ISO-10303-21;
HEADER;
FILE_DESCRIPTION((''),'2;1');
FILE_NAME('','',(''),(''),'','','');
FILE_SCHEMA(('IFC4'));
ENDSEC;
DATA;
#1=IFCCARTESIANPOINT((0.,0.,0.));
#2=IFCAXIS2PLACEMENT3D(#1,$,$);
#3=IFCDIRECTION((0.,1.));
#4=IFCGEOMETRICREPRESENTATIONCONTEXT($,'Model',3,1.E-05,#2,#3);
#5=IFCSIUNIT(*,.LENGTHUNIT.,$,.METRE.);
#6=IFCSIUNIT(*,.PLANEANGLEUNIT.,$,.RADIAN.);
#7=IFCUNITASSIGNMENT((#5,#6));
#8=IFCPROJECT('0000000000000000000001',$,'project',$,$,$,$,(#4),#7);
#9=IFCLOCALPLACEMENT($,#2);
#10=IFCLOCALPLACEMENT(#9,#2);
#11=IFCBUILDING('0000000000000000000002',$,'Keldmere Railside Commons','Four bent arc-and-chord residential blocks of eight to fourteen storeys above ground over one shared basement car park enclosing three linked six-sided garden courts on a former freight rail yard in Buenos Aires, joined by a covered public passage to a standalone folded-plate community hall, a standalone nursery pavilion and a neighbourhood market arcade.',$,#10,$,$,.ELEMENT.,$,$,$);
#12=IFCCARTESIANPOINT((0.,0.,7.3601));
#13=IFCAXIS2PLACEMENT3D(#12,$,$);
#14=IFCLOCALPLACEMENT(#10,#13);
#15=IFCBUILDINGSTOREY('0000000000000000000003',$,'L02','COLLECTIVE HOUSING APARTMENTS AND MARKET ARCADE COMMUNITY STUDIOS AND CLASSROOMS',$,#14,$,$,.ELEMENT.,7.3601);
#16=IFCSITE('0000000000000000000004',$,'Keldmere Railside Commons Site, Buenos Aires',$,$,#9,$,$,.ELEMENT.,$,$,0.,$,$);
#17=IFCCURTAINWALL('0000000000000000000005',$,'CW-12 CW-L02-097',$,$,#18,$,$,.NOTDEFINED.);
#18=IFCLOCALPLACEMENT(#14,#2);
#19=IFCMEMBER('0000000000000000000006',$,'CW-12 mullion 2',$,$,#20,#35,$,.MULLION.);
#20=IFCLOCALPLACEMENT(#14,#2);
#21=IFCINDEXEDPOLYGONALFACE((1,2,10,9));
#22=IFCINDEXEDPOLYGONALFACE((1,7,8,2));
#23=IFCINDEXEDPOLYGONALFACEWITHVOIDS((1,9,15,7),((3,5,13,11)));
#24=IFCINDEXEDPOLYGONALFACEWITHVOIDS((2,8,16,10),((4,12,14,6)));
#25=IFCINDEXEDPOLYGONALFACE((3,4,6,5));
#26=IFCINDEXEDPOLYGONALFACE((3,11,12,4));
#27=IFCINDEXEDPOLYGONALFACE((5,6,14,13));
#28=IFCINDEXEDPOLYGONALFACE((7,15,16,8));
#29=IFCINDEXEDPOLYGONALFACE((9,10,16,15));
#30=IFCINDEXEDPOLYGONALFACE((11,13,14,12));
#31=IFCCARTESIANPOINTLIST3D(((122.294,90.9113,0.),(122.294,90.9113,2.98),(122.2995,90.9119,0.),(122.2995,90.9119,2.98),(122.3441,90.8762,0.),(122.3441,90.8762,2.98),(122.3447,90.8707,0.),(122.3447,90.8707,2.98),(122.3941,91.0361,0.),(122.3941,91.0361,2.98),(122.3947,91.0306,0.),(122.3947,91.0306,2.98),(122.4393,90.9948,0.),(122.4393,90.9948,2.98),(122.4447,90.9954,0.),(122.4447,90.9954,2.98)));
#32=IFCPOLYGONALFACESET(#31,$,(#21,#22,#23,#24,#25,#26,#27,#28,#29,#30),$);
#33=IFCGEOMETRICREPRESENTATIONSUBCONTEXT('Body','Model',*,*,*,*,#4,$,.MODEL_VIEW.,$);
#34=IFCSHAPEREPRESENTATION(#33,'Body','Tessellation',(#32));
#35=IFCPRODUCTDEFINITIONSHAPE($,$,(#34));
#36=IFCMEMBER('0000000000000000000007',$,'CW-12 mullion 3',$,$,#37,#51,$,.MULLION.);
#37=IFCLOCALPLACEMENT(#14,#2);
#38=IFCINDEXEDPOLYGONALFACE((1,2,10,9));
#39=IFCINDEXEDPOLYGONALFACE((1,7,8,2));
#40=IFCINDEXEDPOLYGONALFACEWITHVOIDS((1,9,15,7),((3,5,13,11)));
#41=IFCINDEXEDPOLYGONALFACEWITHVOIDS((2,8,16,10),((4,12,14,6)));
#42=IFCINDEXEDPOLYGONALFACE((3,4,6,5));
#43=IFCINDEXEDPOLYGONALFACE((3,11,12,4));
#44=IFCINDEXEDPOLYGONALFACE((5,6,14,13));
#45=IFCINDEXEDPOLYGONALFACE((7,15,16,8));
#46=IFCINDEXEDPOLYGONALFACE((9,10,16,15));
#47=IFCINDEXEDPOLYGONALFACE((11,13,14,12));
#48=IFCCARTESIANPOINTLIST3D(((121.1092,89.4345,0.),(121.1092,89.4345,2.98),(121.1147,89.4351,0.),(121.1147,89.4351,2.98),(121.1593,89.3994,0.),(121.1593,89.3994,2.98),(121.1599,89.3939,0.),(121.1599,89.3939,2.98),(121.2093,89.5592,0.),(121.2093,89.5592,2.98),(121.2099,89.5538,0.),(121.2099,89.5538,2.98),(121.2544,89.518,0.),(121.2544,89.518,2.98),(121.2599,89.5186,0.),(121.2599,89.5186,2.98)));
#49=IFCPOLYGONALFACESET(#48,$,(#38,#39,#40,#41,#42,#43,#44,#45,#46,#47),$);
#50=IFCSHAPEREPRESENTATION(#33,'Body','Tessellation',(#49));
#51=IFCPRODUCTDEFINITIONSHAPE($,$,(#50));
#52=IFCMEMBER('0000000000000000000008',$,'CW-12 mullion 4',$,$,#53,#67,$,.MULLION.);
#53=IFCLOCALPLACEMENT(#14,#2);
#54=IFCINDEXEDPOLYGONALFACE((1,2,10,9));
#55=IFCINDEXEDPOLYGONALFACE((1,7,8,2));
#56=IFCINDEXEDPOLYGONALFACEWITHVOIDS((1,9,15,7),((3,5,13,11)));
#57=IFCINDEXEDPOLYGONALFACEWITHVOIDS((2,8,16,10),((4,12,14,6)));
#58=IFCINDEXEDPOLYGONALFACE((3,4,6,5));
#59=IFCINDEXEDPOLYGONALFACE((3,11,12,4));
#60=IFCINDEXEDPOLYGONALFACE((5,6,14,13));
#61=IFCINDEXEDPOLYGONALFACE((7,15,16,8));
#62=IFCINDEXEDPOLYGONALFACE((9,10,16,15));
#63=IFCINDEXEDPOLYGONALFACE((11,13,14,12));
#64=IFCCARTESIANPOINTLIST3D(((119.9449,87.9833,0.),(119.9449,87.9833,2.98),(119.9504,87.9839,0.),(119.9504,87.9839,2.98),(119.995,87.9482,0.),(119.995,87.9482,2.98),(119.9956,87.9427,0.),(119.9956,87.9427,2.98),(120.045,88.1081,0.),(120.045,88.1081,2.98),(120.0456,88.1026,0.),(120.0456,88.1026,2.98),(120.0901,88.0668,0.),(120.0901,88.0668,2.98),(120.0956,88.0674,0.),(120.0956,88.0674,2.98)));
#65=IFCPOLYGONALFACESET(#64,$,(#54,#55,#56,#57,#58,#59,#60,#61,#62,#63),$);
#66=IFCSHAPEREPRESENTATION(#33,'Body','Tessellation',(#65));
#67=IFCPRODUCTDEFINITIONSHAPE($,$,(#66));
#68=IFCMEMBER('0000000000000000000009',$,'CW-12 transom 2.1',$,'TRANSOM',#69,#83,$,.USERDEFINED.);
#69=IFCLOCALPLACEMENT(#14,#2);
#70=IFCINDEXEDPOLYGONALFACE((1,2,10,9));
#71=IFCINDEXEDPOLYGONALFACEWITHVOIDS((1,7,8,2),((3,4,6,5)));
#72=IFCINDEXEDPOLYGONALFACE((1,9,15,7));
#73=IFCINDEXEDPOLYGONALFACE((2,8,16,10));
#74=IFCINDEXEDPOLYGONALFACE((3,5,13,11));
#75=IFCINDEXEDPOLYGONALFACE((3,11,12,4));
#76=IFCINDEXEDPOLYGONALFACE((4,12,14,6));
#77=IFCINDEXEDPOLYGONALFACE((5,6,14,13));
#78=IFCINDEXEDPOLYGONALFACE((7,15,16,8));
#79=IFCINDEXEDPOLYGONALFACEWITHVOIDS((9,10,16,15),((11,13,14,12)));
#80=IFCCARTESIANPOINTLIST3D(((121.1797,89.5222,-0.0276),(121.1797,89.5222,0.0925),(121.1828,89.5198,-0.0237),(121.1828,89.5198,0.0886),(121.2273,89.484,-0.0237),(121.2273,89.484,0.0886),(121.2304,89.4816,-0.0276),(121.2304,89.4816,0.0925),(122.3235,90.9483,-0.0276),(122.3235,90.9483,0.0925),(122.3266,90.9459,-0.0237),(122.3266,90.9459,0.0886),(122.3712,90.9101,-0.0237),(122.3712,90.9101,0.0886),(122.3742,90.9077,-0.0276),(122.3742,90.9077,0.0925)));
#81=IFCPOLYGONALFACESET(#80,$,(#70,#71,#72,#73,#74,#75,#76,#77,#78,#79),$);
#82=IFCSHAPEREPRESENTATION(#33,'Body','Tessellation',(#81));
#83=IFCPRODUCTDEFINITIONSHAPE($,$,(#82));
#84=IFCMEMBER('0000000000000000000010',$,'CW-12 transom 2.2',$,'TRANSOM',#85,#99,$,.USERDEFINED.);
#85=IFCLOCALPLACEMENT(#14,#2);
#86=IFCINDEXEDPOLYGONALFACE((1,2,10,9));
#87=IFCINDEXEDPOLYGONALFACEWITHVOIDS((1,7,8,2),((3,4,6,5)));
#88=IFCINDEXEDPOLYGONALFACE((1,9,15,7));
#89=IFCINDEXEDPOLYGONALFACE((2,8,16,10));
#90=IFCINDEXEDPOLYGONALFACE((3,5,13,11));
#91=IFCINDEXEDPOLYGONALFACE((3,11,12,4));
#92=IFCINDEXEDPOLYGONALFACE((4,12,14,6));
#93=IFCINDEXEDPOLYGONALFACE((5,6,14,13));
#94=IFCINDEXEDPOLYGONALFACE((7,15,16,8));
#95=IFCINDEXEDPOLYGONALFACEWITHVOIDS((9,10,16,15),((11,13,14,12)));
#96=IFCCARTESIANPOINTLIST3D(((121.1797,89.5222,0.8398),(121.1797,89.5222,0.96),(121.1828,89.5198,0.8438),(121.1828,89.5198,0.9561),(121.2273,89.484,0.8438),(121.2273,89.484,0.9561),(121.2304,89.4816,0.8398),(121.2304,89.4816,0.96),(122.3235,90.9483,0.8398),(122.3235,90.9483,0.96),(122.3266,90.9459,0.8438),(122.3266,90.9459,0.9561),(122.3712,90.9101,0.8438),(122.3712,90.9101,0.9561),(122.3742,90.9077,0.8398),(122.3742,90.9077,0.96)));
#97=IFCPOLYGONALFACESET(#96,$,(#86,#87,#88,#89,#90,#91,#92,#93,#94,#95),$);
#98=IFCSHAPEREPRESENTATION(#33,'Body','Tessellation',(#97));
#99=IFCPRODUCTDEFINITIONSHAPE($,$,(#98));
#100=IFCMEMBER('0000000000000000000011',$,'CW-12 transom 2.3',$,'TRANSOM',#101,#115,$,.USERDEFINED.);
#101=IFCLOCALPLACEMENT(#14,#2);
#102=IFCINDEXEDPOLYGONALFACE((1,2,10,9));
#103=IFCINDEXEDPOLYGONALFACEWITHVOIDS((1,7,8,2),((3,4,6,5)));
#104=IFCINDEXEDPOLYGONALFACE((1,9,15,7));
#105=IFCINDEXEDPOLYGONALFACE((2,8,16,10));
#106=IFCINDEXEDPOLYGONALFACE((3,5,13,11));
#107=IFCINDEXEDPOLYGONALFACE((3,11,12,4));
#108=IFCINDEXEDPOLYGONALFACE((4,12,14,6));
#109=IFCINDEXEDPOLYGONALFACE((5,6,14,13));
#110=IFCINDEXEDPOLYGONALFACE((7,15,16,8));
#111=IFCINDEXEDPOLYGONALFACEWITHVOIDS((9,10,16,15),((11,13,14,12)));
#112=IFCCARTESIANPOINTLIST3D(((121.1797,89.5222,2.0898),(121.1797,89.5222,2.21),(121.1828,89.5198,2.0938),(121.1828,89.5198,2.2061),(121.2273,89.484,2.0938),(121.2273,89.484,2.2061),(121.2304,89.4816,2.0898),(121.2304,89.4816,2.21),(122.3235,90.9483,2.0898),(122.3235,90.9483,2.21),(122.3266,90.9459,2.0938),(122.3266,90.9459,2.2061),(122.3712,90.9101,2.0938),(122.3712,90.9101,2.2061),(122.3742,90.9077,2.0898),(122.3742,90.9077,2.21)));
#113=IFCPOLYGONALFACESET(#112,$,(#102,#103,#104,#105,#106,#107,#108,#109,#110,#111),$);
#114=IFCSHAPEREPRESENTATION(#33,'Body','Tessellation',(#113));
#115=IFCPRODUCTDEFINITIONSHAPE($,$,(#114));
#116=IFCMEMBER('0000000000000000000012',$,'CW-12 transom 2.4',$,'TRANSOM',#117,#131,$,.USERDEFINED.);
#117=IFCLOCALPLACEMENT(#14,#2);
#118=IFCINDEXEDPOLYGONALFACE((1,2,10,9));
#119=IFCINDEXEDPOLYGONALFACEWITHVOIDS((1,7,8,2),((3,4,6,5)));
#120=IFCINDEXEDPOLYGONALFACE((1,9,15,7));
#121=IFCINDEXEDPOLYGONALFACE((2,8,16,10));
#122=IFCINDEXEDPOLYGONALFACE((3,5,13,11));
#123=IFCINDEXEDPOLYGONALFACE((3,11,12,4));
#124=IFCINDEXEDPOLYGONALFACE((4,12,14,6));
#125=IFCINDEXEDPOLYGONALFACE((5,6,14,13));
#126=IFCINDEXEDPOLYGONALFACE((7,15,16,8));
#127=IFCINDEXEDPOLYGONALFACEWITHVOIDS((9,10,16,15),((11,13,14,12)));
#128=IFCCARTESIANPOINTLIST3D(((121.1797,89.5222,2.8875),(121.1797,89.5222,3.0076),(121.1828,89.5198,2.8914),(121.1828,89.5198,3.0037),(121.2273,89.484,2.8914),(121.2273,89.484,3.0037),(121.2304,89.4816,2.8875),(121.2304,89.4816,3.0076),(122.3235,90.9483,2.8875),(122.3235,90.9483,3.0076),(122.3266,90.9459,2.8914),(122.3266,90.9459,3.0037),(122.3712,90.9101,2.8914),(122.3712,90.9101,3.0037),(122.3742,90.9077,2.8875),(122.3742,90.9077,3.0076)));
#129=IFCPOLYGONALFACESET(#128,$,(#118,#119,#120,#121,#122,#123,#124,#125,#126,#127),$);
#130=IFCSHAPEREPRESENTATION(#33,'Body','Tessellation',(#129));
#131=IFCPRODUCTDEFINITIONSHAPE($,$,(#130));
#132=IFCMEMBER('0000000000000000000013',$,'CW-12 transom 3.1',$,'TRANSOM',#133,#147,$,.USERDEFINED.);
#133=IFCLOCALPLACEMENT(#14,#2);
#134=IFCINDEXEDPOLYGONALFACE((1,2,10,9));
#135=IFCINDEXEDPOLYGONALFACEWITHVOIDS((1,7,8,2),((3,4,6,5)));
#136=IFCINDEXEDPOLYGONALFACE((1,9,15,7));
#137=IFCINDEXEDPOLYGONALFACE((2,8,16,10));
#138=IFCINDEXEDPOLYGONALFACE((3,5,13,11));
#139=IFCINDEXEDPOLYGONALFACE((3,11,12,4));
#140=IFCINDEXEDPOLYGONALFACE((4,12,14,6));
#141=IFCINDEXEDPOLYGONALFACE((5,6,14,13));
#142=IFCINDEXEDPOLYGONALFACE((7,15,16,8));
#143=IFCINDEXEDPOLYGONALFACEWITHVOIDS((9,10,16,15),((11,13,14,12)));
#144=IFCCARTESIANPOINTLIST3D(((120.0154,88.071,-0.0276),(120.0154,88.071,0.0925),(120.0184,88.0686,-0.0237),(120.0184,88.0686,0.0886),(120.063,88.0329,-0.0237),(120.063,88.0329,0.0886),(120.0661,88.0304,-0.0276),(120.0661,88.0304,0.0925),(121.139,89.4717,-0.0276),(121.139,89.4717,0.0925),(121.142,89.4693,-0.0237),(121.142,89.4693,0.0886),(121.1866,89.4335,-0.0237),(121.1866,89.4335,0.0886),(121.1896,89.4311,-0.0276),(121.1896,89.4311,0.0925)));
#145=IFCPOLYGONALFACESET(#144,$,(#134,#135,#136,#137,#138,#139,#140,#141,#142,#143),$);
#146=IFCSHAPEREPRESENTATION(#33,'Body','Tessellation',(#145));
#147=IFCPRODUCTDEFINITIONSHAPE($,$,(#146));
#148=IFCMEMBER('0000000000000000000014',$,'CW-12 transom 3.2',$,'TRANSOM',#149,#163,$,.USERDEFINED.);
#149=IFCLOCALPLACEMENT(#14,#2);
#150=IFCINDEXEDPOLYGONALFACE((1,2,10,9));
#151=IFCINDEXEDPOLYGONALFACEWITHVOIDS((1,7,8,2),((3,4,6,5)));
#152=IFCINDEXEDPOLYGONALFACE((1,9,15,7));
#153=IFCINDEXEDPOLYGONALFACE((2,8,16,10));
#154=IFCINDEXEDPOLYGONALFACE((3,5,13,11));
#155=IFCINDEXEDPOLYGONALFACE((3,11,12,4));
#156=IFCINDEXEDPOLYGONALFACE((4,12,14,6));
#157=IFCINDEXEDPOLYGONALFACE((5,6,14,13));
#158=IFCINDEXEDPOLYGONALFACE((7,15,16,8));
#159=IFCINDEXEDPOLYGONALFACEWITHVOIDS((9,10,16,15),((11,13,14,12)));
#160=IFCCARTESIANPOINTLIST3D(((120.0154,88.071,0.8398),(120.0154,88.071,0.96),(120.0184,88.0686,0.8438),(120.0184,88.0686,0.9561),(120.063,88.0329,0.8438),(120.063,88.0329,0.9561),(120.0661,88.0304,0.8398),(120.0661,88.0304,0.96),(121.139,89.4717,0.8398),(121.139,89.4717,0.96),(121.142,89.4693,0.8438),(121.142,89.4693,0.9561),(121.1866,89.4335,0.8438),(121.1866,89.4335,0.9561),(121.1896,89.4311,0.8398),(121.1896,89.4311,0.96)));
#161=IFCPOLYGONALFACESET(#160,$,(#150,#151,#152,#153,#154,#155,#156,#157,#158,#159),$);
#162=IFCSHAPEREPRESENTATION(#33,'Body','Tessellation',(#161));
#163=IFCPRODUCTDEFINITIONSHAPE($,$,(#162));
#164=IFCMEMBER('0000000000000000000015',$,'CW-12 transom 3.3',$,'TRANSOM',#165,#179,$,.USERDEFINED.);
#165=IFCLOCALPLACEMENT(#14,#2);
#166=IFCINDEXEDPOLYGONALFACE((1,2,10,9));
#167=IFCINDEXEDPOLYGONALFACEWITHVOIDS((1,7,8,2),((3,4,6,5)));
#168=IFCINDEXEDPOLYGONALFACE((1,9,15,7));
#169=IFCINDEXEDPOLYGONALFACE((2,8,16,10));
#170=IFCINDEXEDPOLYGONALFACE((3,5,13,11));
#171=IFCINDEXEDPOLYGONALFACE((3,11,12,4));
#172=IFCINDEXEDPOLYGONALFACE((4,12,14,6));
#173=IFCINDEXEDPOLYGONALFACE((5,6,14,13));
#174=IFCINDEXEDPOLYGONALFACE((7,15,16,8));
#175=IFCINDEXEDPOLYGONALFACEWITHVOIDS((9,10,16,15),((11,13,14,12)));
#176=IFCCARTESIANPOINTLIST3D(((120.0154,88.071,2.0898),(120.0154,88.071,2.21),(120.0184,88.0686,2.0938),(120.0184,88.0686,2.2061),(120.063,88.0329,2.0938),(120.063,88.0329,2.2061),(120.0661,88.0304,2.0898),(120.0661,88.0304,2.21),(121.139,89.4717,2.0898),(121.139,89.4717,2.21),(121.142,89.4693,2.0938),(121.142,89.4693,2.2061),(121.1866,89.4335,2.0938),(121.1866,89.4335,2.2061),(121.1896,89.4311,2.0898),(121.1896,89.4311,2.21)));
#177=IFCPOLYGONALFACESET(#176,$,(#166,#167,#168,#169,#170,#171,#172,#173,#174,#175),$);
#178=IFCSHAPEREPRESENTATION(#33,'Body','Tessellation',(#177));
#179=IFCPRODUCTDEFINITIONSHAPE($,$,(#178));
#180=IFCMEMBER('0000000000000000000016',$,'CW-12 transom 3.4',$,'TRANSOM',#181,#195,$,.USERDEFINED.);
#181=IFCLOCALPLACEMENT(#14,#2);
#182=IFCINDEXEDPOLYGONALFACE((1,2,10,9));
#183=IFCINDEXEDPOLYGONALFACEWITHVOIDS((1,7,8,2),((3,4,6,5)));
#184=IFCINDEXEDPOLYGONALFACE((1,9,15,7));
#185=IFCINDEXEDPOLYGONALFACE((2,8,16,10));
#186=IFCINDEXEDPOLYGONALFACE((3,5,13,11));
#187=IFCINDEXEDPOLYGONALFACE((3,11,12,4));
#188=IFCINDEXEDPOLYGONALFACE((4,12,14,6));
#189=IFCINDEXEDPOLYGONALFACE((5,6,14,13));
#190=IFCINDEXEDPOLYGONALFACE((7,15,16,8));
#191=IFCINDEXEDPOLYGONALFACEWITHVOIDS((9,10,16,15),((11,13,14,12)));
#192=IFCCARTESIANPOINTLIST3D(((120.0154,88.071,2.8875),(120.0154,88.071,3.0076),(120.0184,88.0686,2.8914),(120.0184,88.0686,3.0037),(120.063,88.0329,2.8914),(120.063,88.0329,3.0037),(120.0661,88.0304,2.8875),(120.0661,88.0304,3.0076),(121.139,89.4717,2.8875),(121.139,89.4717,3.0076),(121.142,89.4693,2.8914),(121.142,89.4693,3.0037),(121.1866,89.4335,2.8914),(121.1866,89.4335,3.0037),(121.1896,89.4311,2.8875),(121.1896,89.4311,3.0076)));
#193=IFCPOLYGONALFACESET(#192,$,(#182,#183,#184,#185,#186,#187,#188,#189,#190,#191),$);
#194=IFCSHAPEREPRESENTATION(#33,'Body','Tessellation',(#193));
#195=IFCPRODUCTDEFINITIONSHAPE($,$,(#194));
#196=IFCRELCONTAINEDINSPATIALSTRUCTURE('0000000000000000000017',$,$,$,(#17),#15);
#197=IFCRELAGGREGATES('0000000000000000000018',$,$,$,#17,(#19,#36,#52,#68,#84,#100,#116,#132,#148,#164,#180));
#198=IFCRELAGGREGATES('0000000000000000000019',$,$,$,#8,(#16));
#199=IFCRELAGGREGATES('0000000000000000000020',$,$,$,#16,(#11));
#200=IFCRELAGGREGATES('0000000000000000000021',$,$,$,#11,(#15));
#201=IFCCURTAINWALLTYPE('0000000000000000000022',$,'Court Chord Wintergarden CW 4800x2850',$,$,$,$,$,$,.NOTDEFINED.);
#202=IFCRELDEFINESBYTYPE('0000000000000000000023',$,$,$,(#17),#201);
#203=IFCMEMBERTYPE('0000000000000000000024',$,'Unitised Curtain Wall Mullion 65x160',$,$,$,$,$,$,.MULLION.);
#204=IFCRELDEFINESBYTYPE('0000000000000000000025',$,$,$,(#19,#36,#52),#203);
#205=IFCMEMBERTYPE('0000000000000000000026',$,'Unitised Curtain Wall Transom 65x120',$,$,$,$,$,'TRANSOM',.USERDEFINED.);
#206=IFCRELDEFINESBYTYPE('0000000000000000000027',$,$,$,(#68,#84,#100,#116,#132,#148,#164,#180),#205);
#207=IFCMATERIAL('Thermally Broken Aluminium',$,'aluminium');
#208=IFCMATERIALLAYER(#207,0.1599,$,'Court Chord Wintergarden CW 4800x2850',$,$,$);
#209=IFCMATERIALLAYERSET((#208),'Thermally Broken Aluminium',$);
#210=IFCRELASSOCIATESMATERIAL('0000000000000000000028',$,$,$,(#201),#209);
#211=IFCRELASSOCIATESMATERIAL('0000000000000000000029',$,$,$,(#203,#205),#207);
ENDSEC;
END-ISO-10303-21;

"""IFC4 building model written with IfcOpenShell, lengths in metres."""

from ifc_helpers import new_model, si_unit, direction, frame, origin, origin_2d, place, context, subcontext, project, spatial, hollow_rectangle, extrude, material, layer, layer_set, material_profile, profile_set, type_object, element, aggregate, save


model = new_model("IFC4")

# Units and contexts
model_context = context("Model", 3, precision=1e-05, world=origin(), true_north=direction((0.0, 1.0)))
body_context = subcontext(model_context, "Body", "Model", "MODEL_VIEW")
ifc_project = project(units=[si_unit("LENGTHUNIT", "METRE"), si_unit("PLANEANGLEUNIT", "RADIAN")], contexts=[model_context])

# Site, building, storey
site_placement = place(None, origin())
site = spatial("IfcSite", under=ifc_project, at=site_placement, Name="Keldmere Railside Commons Site, Buenos Aires", CompositionType="ELEMENT", RefElevation=0.0)
building_placement = place(site_placement, origin())
building = spatial("IfcBuilding", under=site, at=building_placement, Name="Keldmere Railside Commons", Description="Four bent arc-and-chord residential blocks of eight to fourteen storeys above ground over one shared basement car park enclosing three linked six-sided garden courts on a former freight rail yard in Buenos Aires, joined by a covered public passage to a standalone folded-plate community hall, a standalone nursery pavilion and a neighbourhood market arcade.", CompositionType="ELEMENT")
storey_placement = place(building_placement, frame((0.0, 0.0, 7.3601)))
storey = spatial("IfcBuildingStorey", under=building, at=storey_placement, Name="L02", Description="COLLECTIVE HOUSING APARTMENTS AND MARKET ARCADE COMMUNITY STUDIOS AND CLASSROOMS", CompositionType="ELEMENT", Elevation=7.3601)

# Curtain wall, members
ifc_material_1 = material(Name="Thermally Broken Aluminium", Category="aluminium")
ifc_layer_1 = layer(ifc_material_1, 0.1599, Name="Court Chord Wintergarden CW 4800x2850")
ifc_layer_set_1 = layer_set([ifc_layer_1], Name="Thermally Broken Aluminium")
curtain_wall_type = type_object("IfcCurtainWallType", Name="Court Chord Wintergarden CW 4800x2850", PredefinedType="NOTDEFINED", material=ifc_layer_set_1)
curtain_wall_placement = place(storey_placement, origin())
curtain_wall = element("IfcCurtainWall", 1, at=curtain_wall_placement, inside=storey, type_object=curtain_wall_type, Name="CW-12 CW-L02-097", PredefinedType="NOTDEFINED")
ifc_material_profile_1 = material_profile(ifc_material_1, hollow_rectangle(XDim=0.0649, YDim=0.1599, WallThickness=0.0039, at=origin_2d()), Name="ALU-MULL-65x160")
ifc_profile_set_1 = profile_set([ifc_material_profile_1], Name="Thermally Broken Aluminium")
member_type_1 = type_object("IfcMemberType", Name="Unitised Curtain Wall Mullion 65x160", PredefinedType="MULLION", material=ifc_profile_set_1)
member_1_placement = place(storey_placement, frame((122.3694, 90.9534, 0.0), z_axis=(0.0, 0.0, 1.0), x_axis=(0.780009, -0.625768, 0.0)))
member_1 = element("IfcMember", 2, at=member_1_placement, type_object=member_type_1, Name="CW-12 mullion 2", PredefinedType="MULLION", context=body_context, shape_type="SweptSolid", body=[
    extrude(hollow_rectangle(XDim=0.0649, YDim=0.1599, WallThickness=0.0039, at=origin_2d()), origin(), (0.0, 0.0, 1.0), 2.98),
])
member_2_placement = place(storey_placement, frame((121.1846, 89.4766, 0.0), z_axis=(0.0, 0.0, 1.0), x_axis=(0.780009, -0.625768, 0.0)))
member_2 = element("IfcMember", 3, at=member_2_placement, type_object=member_type_1, Name="CW-12 mullion 3", PredefinedType="MULLION", context=body_context, shape_type="SweptSolid", body=[
    extrude(hollow_rectangle(XDim=0.0649, YDim=0.1599, WallThickness=0.0039, at=origin_2d()), origin(), (0.0, 0.0, 1.0), 2.98),
])
member_3_placement = place(storey_placement, frame((120.0203, 88.0254, 0.0), z_axis=(0.0, 0.0, 1.0), x_axis=(0.780009, -0.625768, 0.0)))
member_3 = element("IfcMember", 4, at=member_3_placement, type_object=member_type_1, Name="CW-12 mullion 4", PredefinedType="MULLION", context=body_context, shape_type="SweptSolid", body=[
    extrude(hollow_rectangle(XDim=0.0649, YDim=0.1599, WallThickness=0.0039, at=origin_2d()), origin(), (0.0, 0.0, 1.0), 2.98),
])
ifc_material_profile_2 = material_profile(ifc_material_1, hollow_rectangle(XDim=0.0649, YDim=0.1201, WallThickness=0.0039, at=origin_2d()), Name="ALU-TRAN-65x120")
ifc_profile_set_2 = profile_set([ifc_material_profile_2], Name="Thermally Broken Aluminium")
member_type_2 = type_object("IfcMemberType", Name="Unitised Curtain Wall Transom 65x120", ElementType="TRANSOM", PredefinedType="USERDEFINED", material=ifc_profile_set_2)
member_4_placement = place(storey_placement, frame((122.3489, 90.928, 0.0325), z_axis=(-0.625688, -0.780073, 0.0), x_axis=(0.780073, -0.625688, 0.0)))
member_4 = element("IfcMember", 5, at=member_4_placement, type_object=member_type_2, Name="CW-12 transom 2.1", ObjectType="TRANSOM", PredefinedType="USERDEFINED", context=body_context, shape_type="SweptSolid", body=[
    extrude(hollow_rectangle(XDim=0.0649, YDim=0.1201, WallThickness=0.0039, at=origin_2d()), origin(), (0.0, 0.0, 1.0), 1.8281),
])
member_5_placement = place(storey_placement, frame((122.3489, 90.928, 0.8999), z_axis=(-0.625688, -0.780073, 0.0), x_axis=(0.780073, -0.625688, 0.0)))
member_5 = element("IfcMember", 6, at=member_5_placement, type_object=member_type_2, Name="CW-12 transom 2.2", ObjectType="TRANSOM", PredefinedType="USERDEFINED", context=body_context, shape_type="SweptSolid", body=[
    extrude(hollow_rectangle(XDim=0.0649, YDim=0.1201, WallThickness=0.0039, at=origin_2d()), origin(), (0.0, 0.0, 1.0), 1.8281),
])
member_6_placement = place(storey_placement, frame((122.3489, 90.928, 2.1499), z_axis=(-0.625688, -0.780073, 0.0), x_axis=(0.780073, -0.625688, 0.0)))
member_6 = element("IfcMember", 7, at=member_6_placement, type_object=member_type_2, Name="CW-12 transom 2.3", ObjectType="TRANSOM", PredefinedType="USERDEFINED", context=body_context, shape_type="SweptSolid", body=[
    extrude(hollow_rectangle(XDim=0.0649, YDim=0.1201, WallThickness=0.0039, at=origin_2d()), origin(), (0.0, 0.0, 1.0), 1.8281),
])
member_7_placement = place(storey_placement, frame((122.3489, 90.928, 2.9475), z_axis=(-0.625688, -0.780073, 0.0), x_axis=(0.780073, -0.625688, 0.0)))
member_7 = element("IfcMember", 8, at=member_7_placement, type_object=member_type_2, Name="CW-12 transom 2.4", ObjectType="TRANSOM", PredefinedType="USERDEFINED", context=body_context, shape_type="SweptSolid", body=[
    extrude(hollow_rectangle(XDim=0.0649, YDim=0.1201, WallThickness=0.0039, at=origin_2d()), origin(), (0.0, 0.0, 1.0), 1.8281),
])
member_8_placement = place(storey_placement, frame((121.1643, 89.4514, 0.0325), z_axis=(-0.625723, -0.780046, 0.0), x_axis=(0.780046, -0.625723, 0.0)))
member_8 = element("IfcMember", 9, at=member_8_placement, type_object=member_type_2, Name="CW-12 transom 3.1", ObjectType="TRANSOM", PredefinedType="USERDEFINED", context=body_context, shape_type="SweptSolid", body=[
    extrude(hollow_rectangle(XDim=0.0649, YDim=0.1201, WallThickness=0.0039, at=origin_2d()), origin(), (0.0, 0.0, 1.0), 1.7957),
])
member_9_placement = place(storey_placement, frame((121.1643, 89.4514, 0.8999), z_axis=(-0.625723, -0.780046, 0.0), x_axis=(0.780046, -0.625723, 0.0)))
member_9 = element("IfcMember", 10, at=member_9_placement, type_object=member_type_2, Name="CW-12 transom 3.2", ObjectType="TRANSOM", PredefinedType="USERDEFINED", context=body_context, shape_type="SweptSolid", body=[
    extrude(hollow_rectangle(XDim=0.0649, YDim=0.1201, WallThickness=0.0039, at=origin_2d()), origin(), (0.0, 0.0, 1.0), 1.7957),
])
member_10_placement = place(storey_placement, frame((121.1643, 89.4514, 2.1499), z_axis=(-0.625723, -0.780046, 0.0), x_axis=(0.780046, -0.625723, 0.0)))
member_10 = element("IfcMember", 11, at=member_10_placement, type_object=member_type_2, Name="CW-12 transom 3.3", ObjectType="TRANSOM", PredefinedType="USERDEFINED", context=body_context, shape_type="SweptSolid", body=[
    extrude(hollow_rectangle(XDim=0.0649, YDim=0.1201, WallThickness=0.0039, at=origin_2d()), origin(), (0.0, 0.0, 1.0), 1.7957),
])
member_11_placement = place(storey_placement, frame((121.1643, 89.4514, 2.9475), z_axis=(-0.625723, -0.780046, 0.0), x_axis=(0.780046, -0.625723, 0.0)))
member_11 = element("IfcMember", 12, at=member_11_placement, type_object=member_type_2, Name="CW-12 transom 3.4", ObjectType="TRANSOM", PredefinedType="USERDEFINED", context=body_context, shape_type="SweptSolid", body=[
    extrude(hollow_rectangle(XDim=0.0649, YDim=0.1201, WallThickness=0.0039, at=origin_2d()), origin(), (0.0, 0.0, 1.0), 1.7957),
])
aggregate(curtain_wall, [member_1, member_2, member_3, member_4, member_5, member_6, member_7, member_8, member_9, member_10, member_11])

save(model, "model.ifc")
